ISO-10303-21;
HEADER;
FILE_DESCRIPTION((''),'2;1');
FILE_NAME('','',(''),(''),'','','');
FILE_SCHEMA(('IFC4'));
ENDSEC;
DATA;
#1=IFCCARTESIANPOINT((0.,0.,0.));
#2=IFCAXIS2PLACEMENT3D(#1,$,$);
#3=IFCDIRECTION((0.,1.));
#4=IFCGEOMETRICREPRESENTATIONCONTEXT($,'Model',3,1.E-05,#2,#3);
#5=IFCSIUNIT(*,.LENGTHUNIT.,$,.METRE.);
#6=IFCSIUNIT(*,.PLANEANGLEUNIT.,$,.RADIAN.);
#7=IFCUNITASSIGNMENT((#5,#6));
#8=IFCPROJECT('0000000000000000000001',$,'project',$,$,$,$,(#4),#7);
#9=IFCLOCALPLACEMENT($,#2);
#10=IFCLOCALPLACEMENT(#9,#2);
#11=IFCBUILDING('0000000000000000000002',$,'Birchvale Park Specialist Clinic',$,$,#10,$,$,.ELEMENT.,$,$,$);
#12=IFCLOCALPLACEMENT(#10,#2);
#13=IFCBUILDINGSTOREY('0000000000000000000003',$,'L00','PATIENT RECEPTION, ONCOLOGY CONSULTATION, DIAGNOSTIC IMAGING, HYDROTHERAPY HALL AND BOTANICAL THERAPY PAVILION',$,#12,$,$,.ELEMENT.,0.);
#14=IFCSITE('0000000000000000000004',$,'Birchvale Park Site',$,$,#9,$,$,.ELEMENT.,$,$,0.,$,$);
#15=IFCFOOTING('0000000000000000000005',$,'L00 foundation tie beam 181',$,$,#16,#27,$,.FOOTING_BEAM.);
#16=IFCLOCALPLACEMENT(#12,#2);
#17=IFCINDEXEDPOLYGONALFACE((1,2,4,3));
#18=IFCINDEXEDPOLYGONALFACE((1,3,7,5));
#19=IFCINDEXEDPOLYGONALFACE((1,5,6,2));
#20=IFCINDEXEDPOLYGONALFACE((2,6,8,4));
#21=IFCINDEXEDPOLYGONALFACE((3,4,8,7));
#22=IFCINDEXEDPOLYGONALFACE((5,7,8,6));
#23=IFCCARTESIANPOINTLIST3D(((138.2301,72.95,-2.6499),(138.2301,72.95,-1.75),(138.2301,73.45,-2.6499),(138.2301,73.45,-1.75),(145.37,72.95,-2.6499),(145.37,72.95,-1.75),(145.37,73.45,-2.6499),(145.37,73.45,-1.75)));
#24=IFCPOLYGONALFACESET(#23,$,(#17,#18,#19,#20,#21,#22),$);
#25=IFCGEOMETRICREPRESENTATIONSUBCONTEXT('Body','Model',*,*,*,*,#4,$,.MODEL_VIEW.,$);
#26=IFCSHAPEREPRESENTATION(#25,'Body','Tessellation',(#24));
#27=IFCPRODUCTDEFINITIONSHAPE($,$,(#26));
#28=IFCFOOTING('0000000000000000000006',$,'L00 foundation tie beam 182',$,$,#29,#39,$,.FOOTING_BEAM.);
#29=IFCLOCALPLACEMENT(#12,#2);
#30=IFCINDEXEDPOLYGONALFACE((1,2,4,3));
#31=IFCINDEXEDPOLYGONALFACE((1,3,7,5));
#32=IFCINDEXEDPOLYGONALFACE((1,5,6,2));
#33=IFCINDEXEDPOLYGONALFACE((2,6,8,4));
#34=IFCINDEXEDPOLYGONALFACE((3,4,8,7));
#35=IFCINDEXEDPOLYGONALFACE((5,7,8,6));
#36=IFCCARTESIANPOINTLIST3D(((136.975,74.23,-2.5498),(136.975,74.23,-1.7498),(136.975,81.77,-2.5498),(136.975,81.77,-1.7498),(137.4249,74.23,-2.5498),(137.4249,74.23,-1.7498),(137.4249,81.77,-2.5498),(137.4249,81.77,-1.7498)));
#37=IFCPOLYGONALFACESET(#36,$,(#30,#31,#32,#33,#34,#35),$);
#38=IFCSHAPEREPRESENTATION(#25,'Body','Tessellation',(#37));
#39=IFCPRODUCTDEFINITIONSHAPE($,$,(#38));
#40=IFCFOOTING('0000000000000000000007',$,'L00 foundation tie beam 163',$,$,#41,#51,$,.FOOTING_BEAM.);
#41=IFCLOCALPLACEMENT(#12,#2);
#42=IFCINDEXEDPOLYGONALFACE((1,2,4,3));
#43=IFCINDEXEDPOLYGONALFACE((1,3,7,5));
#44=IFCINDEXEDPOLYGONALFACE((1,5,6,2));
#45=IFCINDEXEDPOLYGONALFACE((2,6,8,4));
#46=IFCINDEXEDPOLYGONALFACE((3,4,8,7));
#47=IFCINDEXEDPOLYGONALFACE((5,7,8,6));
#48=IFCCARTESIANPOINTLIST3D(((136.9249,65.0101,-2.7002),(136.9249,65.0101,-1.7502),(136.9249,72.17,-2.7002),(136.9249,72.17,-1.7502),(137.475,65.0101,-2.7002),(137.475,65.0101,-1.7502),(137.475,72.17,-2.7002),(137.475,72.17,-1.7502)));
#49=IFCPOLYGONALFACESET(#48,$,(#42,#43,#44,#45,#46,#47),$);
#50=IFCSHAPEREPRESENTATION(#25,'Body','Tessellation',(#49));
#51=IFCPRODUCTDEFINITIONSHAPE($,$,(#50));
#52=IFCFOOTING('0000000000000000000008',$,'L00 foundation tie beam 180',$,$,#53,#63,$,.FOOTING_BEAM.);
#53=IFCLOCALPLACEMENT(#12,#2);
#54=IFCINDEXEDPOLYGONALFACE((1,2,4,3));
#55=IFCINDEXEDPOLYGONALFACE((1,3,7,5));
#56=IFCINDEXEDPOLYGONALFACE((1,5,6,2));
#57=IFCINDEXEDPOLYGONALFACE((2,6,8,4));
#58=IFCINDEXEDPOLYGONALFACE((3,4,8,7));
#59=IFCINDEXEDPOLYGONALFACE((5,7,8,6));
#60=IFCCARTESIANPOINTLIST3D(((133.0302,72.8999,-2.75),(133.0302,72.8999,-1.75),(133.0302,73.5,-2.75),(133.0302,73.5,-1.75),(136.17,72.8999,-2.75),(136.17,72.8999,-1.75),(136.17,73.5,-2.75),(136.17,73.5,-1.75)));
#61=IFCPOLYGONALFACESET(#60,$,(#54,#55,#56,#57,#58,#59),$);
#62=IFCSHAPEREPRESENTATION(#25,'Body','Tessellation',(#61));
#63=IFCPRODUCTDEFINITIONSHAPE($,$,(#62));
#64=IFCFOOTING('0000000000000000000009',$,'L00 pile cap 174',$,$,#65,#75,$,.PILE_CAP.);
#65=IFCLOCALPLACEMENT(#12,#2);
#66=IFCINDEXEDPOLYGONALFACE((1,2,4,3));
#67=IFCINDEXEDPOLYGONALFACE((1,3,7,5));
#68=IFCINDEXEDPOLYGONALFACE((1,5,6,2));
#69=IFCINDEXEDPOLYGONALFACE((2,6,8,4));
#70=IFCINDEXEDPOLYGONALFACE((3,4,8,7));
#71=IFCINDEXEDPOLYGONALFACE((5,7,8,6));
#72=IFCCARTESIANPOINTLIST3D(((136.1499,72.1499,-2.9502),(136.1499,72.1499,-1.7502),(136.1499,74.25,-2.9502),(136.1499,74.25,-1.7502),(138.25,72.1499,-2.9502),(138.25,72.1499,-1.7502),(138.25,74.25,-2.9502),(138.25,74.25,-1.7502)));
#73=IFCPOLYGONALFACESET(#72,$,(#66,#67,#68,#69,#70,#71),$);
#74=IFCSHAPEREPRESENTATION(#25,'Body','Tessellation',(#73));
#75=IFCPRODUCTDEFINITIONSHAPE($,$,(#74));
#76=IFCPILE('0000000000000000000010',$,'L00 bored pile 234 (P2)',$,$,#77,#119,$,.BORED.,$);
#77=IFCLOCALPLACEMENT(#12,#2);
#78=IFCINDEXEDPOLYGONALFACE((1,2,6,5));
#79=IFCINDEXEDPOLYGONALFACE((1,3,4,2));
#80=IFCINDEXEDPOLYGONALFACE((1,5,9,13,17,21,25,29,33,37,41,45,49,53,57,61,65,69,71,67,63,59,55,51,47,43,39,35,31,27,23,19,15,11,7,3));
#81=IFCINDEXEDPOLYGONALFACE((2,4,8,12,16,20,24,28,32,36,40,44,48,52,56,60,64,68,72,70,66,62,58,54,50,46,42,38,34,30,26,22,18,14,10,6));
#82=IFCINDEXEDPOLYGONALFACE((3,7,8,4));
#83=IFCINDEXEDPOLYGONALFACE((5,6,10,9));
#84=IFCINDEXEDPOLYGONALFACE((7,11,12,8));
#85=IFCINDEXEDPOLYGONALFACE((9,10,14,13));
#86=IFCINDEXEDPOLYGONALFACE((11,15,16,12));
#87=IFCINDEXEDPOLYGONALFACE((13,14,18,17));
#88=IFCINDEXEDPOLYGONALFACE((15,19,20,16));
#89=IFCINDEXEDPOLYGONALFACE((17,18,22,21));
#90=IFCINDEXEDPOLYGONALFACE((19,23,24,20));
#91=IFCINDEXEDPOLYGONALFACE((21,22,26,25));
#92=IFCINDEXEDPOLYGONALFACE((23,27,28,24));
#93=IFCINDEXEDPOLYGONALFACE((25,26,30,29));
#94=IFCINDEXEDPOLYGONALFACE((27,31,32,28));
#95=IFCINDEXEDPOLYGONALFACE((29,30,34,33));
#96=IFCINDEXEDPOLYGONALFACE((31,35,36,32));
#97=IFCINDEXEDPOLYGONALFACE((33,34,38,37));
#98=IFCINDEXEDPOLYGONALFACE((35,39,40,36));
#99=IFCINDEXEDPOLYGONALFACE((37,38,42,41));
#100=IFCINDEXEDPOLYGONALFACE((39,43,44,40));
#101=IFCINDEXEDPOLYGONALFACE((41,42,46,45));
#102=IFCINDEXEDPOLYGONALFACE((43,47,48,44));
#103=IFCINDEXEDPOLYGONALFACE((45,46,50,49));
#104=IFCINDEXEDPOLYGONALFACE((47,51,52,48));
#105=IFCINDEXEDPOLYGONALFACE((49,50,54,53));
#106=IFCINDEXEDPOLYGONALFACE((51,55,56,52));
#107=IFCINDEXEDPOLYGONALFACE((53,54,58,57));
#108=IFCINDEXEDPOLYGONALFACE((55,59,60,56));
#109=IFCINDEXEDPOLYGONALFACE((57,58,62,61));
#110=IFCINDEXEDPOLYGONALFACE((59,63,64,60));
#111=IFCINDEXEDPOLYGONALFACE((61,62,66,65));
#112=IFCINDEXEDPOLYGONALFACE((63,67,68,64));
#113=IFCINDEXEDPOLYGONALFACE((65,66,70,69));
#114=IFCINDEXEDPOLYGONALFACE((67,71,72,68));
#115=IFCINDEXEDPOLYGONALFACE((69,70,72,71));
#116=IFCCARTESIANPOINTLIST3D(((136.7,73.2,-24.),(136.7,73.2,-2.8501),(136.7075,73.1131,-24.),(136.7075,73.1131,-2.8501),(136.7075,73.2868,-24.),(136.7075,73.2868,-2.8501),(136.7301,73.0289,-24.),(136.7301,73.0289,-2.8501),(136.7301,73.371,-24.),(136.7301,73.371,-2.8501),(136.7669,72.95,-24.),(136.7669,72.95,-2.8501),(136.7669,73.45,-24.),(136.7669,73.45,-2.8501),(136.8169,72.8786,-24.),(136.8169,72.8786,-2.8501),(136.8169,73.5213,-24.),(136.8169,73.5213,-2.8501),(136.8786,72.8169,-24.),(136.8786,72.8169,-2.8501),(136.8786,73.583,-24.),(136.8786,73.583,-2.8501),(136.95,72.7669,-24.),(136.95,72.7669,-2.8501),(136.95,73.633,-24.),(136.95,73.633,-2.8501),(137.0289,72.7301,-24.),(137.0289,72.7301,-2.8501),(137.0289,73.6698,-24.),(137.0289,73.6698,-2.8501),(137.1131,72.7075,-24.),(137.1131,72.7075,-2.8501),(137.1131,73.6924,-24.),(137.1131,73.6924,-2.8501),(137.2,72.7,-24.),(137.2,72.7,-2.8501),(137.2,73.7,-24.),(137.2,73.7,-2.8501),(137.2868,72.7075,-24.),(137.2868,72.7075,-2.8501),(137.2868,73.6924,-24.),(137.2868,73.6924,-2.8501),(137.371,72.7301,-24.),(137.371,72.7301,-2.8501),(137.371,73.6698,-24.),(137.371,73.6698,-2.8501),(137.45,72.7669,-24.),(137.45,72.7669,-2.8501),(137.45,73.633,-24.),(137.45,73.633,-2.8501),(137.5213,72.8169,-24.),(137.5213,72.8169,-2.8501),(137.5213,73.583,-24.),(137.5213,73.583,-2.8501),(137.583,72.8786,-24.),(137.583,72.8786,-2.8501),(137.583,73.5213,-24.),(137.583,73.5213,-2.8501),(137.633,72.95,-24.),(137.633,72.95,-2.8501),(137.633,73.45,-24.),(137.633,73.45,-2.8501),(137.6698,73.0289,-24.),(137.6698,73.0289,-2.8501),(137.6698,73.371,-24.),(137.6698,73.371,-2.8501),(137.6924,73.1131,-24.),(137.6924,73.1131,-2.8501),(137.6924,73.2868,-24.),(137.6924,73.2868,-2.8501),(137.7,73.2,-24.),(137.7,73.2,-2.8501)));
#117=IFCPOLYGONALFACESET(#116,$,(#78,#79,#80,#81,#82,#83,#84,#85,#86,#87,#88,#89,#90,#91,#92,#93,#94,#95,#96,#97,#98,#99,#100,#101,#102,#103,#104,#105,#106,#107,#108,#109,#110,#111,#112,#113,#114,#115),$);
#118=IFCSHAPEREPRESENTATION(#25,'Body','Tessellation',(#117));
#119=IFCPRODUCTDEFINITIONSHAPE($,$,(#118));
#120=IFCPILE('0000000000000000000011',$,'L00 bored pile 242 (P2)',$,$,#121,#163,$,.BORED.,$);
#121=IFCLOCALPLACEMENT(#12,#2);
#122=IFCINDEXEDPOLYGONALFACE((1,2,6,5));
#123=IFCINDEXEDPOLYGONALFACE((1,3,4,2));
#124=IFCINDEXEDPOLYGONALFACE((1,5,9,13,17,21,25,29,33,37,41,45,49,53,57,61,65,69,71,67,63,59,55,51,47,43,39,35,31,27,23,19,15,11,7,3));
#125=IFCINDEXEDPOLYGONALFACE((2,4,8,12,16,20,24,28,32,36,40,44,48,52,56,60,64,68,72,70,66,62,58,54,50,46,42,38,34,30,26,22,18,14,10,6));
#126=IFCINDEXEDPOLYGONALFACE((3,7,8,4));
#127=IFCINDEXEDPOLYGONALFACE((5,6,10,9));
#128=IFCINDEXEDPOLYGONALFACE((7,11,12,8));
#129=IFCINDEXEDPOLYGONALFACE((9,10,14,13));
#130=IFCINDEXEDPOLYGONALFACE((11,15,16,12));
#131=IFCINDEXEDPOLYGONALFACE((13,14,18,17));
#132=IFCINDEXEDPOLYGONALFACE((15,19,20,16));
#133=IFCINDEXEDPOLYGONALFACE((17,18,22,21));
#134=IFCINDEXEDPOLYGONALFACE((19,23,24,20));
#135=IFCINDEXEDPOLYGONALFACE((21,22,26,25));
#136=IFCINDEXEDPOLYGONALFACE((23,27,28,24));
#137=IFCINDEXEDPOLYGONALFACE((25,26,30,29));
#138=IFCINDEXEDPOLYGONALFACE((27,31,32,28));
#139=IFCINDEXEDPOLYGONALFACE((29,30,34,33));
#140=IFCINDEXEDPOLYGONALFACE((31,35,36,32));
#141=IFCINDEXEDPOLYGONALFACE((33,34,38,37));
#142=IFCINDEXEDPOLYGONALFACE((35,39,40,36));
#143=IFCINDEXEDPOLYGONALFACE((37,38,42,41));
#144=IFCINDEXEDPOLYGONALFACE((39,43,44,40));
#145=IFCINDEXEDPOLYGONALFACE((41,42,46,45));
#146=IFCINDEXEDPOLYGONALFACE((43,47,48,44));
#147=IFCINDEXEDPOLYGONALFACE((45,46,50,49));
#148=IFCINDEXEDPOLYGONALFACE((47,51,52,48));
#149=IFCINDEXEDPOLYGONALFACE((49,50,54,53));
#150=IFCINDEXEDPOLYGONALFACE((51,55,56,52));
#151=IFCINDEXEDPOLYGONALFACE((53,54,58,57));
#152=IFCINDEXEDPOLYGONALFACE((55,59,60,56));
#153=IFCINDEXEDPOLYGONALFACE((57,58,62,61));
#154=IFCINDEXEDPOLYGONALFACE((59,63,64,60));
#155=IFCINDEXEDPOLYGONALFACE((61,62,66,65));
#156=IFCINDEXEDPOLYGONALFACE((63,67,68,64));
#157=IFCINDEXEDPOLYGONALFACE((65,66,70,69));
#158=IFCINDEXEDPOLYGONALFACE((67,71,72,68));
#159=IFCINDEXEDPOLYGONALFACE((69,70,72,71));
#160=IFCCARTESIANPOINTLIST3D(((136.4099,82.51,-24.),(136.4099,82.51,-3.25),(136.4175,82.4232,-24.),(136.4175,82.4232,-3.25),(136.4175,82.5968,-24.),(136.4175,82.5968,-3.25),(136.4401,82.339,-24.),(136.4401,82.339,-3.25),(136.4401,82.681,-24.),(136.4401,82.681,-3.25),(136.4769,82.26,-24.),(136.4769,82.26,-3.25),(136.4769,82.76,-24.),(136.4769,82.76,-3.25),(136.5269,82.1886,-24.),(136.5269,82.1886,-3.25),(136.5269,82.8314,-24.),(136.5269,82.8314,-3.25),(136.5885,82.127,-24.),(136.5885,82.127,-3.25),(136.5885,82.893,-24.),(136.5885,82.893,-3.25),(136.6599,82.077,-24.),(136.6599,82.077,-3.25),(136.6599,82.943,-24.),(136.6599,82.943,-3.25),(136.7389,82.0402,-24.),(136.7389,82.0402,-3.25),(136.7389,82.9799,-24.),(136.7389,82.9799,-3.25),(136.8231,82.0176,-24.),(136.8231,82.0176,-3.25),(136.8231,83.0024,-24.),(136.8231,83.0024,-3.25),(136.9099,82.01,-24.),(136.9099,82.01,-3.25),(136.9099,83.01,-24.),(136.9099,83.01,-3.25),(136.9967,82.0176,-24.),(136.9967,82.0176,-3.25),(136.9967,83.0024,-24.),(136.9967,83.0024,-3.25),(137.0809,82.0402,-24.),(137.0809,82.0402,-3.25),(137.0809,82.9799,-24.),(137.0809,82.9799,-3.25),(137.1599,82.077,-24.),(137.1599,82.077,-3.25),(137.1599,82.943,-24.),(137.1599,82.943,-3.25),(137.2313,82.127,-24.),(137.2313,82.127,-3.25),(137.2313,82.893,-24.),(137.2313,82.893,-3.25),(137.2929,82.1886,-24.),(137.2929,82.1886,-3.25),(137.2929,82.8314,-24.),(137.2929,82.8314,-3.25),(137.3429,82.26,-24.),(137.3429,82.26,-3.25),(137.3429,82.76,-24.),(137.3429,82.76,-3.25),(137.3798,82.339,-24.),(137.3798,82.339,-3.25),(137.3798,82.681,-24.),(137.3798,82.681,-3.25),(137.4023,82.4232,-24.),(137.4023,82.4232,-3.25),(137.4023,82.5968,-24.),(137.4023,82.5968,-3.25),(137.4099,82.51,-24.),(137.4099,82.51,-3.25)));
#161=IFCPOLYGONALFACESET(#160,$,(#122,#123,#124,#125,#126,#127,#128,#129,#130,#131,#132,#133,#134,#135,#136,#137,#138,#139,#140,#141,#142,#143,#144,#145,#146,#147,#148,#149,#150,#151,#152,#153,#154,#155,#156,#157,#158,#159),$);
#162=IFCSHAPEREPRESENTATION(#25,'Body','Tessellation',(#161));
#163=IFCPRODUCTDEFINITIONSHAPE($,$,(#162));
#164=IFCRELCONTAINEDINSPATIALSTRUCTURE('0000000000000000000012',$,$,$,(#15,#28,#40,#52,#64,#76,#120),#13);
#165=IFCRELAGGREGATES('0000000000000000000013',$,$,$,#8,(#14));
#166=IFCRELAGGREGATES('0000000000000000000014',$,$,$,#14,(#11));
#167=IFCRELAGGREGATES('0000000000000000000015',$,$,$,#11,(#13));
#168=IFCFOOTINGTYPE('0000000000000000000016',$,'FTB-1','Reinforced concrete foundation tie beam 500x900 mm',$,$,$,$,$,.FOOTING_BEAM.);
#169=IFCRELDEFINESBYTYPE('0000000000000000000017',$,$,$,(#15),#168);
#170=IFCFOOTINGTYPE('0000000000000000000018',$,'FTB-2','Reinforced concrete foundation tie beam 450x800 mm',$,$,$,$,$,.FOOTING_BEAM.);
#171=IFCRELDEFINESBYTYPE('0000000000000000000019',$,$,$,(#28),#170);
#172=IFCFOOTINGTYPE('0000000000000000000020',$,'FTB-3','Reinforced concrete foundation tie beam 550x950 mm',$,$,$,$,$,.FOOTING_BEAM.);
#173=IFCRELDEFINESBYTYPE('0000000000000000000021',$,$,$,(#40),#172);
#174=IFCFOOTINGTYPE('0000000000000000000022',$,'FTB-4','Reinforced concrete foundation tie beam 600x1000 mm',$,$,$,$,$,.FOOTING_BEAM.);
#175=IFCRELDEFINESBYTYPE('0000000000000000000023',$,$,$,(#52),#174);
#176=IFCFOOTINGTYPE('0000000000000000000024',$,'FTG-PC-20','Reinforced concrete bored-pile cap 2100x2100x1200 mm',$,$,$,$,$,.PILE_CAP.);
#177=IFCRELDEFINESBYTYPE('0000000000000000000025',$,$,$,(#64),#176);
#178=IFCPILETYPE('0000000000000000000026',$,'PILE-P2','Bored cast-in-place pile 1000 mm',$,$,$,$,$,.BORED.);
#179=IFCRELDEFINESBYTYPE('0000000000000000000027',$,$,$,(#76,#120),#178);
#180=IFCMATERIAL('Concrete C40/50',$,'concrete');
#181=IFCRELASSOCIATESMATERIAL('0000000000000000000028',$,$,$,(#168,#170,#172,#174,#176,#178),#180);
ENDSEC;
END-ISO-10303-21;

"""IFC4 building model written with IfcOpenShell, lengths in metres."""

from ifc_helpers import new_model, si_unit, direction, frame, origin, origin_2d, place, context, subcontext, project, spatial, rectangle, circle, extrude, material, material_profile, profile_set, type_object, element, save


model = new_model("IFC4")

# Units and contexts
model_context = context("Model", 3, precision=1e-05, world=origin(), true_north=direction((0.0, 1.0)))
body_context = subcontext(model_context, "Body", "Model", "MODEL_VIEW")
ifc_project = project(units=[si_unit("LENGTHUNIT", "METRE"), si_unit("PLANEANGLEUNIT", "RADIAN")], contexts=[model_context])

# Site, building, storey
site_placement = place(None, origin())
site = spatial("IfcSite", under=ifc_project, at=site_placement, Name="Birchvale Park Site", CompositionType="ELEMENT", RefElevation=0.0)
building_placement = place(site_placement, origin())
building = spatial("IfcBuilding", under=site, at=building_placement, Name="Birchvale Park Specialist Clinic", CompositionType="ELEMENT")
storey_placement = place(building_placement, origin())
storey = spatial("IfcBuildingStorey", under=building, at=storey_placement, Name="L00", Description="PATIENT RECEPTION, ONCOLOGY CONSULTATION, DIAGNOSTIC IMAGING, HYDROTHERAPY HALL AND BOTANICAL THERAPY PAVILION", CompositionType="ELEMENT", Elevation=0.0)

# Footings
ifc_material_1 = material(Name="Concrete C40/50", Category="concrete")
footing_type_1 = type_object("IfcFootingType", Name="FTB-1", Description="Reinforced concrete foundation tie beam 500x900 mm", PredefinedType="FOOTING_BEAM", material=ifc_material_1)
footing_1_placement = place(storey_placement, frame((141.8, 73.2, -2.6499), z_axis=(0.0, 0.0, 1.0), x_axis=(1.0, 0.0, 0.0)))
element("IfcFooting", 1, at=footing_1_placement, inside=storey, type_object=footing_type_1, Name="L00 foundation tie beam 181", PredefinedType="FOOTING_BEAM", context=body_context, shape_type="SweptSolid", body=[
    extrude(rectangle(XDim=7.1399, YDim=0.5, at=origin_2d()), origin(), (0.0, 0.0, 1.0), 0.8999),
])
footing_type_2 = type_object("IfcFootingType", Name="FTB-2", Description="Reinforced concrete foundation tie beam 450x800 mm", PredefinedType="FOOTING_BEAM", material=ifc_material_1)
footing_2_placement = place(storey_placement, frame((137.2, 78.0, -2.5498), z_axis=(0.0, 0.0, 1.0), x_axis=(1.0, 0.0, 0.0)))
element("IfcFooting", 2, at=footing_2_placement, inside=storey, type_object=footing_type_2, Name="L00 foundation tie beam 182", PredefinedType="FOOTING_BEAM", context=body_context, shape_type="SweptSolid", body=[
    extrude(rectangle(XDim=0.45, YDim=7.54, at=origin_2d()), origin(), (0.0, 0.0, 1.0), 0.8),
])
footing_type_3 = type_object("IfcFootingType", Name="FTB-3", Description="Reinforced concrete foundation tie beam 550x950 mm", PredefinedType="FOOTING_BEAM", material=ifc_material_1)
footing_3_placement = place(storey_placement, frame((137.2, 68.5901, -2.7002), z_axis=(0.0, 0.0, 1.0), x_axis=(1.0, 0.0, 0.0)))
element("IfcFooting", 3, at=footing_3_placement, inside=storey, type_object=footing_type_3, Name="L00 foundation tie beam 163", PredefinedType="FOOTING_BEAM", context=body_context, shape_type="SweptSolid", body=[
    extrude(rectangle(XDim=0.55, YDim=7.1599, at=origin_2d()), origin(), (0.0, 0.0, 1.0), 0.95),
])
footing_type_4 = type_object("IfcFootingType", Name="FTB-4", Description="Reinforced concrete foundation tie beam 600x1000 mm", PredefinedType="FOOTING_BEAM", material=ifc_material_1)
footing_4_placement = place(storey_placement, frame((134.6001, 73.2, -2.75), z_axis=(0.0, 0.0, 1.0), x_axis=(1.0, 0.0, 0.0)))
element("IfcFooting", 4, at=footing_4_placement, inside=storey, type_object=footing_type_4, Name="L00 foundation tie beam 180", PredefinedType="FOOTING_BEAM", context=body_context, shape_type="SweptSolid", body=[
    extrude(rectangle(XDim=3.1399, YDim=0.6001, at=origin_2d()), origin(), (0.0, 0.0, 1.0), 1.0),
])
footing_type_5 = type_object("IfcFootingType", Name="FTG-PC-20", Description="Reinforced concrete bored-pile cap 2100x2100x1200 mm", PredefinedType="PILE_CAP", material=ifc_material_1)
footing_5_placement = place(storey_placement, frame((137.2, 73.2, -2.9502), z_axis=(0.0, 0.0, 1.0), x_axis=(1.0, 0.0, 0.0)))
element("IfcFooting", 5, at=footing_5_placement, inside=storey, type_object=footing_type_5, Name="L00 pile cap 174", PredefinedType="PILE_CAP", context=body_context, shape_type="SweptSolid", body=[
    extrude(rectangle(XDim=2.1001, YDim=2.1001, at=origin_2d()), origin(), (0.0, 0.0, 1.0), 1.2),
])

# Piles
ifc_material_profile_1 = material_profile(ifc_material_1, circle(Radius=0.5, at=origin_2d()), Name="PILE-1000")
ifc_profile_set_1 = profile_set([ifc_material_profile_1], Name="Concrete C40/50")
pile_type = type_object("IfcPileType", Name="PILE-P2", Description="Bored cast-in-place pile 1000 mm", PredefinedType="BORED", material=ifc_profile_set_1)
pile_placement = place(storey_placement, frame((137.2, 73.2, -2.8501), z_axis=(0.0, 0.0, -1.0), x_axis=(1.0, 0.0, 0.0)))
element("IfcPile", 6, at=pile_placement, inside=storey, type_object=pile_type, Name="L00 bored pile 234 (P2)", PredefinedType="BORED", context=body_context, shape_type="SweptSolid", body=[
    extrude(circle(Radius=0.5, at=origin_2d()), origin(), (0.0, 0.0, 1.0), 21.1499),
])
for number, where, z_axis, x_axis, name in (
    (7, (136.9099, 82.51, -3.25), (0.0, 0.0, -1.0), (1.0, 0.0, 0.0), "L00 bored pile 242 (P2)"),
):
    element("IfcPile", number, at=place(storey_placement, frame(where, z_axis=z_axis, x_axis=x_axis)), inside=storey, type_object=pile_type, Name=name, PredefinedType="BORED", context=body_context, shape_type="SweptSolid", body=[
        extrude(circle(Radius=0.5, at=origin_2d()), origin(), (0.0, 0.0, 1.0), 20.75),
    ])

save(model, "model.ifc")
